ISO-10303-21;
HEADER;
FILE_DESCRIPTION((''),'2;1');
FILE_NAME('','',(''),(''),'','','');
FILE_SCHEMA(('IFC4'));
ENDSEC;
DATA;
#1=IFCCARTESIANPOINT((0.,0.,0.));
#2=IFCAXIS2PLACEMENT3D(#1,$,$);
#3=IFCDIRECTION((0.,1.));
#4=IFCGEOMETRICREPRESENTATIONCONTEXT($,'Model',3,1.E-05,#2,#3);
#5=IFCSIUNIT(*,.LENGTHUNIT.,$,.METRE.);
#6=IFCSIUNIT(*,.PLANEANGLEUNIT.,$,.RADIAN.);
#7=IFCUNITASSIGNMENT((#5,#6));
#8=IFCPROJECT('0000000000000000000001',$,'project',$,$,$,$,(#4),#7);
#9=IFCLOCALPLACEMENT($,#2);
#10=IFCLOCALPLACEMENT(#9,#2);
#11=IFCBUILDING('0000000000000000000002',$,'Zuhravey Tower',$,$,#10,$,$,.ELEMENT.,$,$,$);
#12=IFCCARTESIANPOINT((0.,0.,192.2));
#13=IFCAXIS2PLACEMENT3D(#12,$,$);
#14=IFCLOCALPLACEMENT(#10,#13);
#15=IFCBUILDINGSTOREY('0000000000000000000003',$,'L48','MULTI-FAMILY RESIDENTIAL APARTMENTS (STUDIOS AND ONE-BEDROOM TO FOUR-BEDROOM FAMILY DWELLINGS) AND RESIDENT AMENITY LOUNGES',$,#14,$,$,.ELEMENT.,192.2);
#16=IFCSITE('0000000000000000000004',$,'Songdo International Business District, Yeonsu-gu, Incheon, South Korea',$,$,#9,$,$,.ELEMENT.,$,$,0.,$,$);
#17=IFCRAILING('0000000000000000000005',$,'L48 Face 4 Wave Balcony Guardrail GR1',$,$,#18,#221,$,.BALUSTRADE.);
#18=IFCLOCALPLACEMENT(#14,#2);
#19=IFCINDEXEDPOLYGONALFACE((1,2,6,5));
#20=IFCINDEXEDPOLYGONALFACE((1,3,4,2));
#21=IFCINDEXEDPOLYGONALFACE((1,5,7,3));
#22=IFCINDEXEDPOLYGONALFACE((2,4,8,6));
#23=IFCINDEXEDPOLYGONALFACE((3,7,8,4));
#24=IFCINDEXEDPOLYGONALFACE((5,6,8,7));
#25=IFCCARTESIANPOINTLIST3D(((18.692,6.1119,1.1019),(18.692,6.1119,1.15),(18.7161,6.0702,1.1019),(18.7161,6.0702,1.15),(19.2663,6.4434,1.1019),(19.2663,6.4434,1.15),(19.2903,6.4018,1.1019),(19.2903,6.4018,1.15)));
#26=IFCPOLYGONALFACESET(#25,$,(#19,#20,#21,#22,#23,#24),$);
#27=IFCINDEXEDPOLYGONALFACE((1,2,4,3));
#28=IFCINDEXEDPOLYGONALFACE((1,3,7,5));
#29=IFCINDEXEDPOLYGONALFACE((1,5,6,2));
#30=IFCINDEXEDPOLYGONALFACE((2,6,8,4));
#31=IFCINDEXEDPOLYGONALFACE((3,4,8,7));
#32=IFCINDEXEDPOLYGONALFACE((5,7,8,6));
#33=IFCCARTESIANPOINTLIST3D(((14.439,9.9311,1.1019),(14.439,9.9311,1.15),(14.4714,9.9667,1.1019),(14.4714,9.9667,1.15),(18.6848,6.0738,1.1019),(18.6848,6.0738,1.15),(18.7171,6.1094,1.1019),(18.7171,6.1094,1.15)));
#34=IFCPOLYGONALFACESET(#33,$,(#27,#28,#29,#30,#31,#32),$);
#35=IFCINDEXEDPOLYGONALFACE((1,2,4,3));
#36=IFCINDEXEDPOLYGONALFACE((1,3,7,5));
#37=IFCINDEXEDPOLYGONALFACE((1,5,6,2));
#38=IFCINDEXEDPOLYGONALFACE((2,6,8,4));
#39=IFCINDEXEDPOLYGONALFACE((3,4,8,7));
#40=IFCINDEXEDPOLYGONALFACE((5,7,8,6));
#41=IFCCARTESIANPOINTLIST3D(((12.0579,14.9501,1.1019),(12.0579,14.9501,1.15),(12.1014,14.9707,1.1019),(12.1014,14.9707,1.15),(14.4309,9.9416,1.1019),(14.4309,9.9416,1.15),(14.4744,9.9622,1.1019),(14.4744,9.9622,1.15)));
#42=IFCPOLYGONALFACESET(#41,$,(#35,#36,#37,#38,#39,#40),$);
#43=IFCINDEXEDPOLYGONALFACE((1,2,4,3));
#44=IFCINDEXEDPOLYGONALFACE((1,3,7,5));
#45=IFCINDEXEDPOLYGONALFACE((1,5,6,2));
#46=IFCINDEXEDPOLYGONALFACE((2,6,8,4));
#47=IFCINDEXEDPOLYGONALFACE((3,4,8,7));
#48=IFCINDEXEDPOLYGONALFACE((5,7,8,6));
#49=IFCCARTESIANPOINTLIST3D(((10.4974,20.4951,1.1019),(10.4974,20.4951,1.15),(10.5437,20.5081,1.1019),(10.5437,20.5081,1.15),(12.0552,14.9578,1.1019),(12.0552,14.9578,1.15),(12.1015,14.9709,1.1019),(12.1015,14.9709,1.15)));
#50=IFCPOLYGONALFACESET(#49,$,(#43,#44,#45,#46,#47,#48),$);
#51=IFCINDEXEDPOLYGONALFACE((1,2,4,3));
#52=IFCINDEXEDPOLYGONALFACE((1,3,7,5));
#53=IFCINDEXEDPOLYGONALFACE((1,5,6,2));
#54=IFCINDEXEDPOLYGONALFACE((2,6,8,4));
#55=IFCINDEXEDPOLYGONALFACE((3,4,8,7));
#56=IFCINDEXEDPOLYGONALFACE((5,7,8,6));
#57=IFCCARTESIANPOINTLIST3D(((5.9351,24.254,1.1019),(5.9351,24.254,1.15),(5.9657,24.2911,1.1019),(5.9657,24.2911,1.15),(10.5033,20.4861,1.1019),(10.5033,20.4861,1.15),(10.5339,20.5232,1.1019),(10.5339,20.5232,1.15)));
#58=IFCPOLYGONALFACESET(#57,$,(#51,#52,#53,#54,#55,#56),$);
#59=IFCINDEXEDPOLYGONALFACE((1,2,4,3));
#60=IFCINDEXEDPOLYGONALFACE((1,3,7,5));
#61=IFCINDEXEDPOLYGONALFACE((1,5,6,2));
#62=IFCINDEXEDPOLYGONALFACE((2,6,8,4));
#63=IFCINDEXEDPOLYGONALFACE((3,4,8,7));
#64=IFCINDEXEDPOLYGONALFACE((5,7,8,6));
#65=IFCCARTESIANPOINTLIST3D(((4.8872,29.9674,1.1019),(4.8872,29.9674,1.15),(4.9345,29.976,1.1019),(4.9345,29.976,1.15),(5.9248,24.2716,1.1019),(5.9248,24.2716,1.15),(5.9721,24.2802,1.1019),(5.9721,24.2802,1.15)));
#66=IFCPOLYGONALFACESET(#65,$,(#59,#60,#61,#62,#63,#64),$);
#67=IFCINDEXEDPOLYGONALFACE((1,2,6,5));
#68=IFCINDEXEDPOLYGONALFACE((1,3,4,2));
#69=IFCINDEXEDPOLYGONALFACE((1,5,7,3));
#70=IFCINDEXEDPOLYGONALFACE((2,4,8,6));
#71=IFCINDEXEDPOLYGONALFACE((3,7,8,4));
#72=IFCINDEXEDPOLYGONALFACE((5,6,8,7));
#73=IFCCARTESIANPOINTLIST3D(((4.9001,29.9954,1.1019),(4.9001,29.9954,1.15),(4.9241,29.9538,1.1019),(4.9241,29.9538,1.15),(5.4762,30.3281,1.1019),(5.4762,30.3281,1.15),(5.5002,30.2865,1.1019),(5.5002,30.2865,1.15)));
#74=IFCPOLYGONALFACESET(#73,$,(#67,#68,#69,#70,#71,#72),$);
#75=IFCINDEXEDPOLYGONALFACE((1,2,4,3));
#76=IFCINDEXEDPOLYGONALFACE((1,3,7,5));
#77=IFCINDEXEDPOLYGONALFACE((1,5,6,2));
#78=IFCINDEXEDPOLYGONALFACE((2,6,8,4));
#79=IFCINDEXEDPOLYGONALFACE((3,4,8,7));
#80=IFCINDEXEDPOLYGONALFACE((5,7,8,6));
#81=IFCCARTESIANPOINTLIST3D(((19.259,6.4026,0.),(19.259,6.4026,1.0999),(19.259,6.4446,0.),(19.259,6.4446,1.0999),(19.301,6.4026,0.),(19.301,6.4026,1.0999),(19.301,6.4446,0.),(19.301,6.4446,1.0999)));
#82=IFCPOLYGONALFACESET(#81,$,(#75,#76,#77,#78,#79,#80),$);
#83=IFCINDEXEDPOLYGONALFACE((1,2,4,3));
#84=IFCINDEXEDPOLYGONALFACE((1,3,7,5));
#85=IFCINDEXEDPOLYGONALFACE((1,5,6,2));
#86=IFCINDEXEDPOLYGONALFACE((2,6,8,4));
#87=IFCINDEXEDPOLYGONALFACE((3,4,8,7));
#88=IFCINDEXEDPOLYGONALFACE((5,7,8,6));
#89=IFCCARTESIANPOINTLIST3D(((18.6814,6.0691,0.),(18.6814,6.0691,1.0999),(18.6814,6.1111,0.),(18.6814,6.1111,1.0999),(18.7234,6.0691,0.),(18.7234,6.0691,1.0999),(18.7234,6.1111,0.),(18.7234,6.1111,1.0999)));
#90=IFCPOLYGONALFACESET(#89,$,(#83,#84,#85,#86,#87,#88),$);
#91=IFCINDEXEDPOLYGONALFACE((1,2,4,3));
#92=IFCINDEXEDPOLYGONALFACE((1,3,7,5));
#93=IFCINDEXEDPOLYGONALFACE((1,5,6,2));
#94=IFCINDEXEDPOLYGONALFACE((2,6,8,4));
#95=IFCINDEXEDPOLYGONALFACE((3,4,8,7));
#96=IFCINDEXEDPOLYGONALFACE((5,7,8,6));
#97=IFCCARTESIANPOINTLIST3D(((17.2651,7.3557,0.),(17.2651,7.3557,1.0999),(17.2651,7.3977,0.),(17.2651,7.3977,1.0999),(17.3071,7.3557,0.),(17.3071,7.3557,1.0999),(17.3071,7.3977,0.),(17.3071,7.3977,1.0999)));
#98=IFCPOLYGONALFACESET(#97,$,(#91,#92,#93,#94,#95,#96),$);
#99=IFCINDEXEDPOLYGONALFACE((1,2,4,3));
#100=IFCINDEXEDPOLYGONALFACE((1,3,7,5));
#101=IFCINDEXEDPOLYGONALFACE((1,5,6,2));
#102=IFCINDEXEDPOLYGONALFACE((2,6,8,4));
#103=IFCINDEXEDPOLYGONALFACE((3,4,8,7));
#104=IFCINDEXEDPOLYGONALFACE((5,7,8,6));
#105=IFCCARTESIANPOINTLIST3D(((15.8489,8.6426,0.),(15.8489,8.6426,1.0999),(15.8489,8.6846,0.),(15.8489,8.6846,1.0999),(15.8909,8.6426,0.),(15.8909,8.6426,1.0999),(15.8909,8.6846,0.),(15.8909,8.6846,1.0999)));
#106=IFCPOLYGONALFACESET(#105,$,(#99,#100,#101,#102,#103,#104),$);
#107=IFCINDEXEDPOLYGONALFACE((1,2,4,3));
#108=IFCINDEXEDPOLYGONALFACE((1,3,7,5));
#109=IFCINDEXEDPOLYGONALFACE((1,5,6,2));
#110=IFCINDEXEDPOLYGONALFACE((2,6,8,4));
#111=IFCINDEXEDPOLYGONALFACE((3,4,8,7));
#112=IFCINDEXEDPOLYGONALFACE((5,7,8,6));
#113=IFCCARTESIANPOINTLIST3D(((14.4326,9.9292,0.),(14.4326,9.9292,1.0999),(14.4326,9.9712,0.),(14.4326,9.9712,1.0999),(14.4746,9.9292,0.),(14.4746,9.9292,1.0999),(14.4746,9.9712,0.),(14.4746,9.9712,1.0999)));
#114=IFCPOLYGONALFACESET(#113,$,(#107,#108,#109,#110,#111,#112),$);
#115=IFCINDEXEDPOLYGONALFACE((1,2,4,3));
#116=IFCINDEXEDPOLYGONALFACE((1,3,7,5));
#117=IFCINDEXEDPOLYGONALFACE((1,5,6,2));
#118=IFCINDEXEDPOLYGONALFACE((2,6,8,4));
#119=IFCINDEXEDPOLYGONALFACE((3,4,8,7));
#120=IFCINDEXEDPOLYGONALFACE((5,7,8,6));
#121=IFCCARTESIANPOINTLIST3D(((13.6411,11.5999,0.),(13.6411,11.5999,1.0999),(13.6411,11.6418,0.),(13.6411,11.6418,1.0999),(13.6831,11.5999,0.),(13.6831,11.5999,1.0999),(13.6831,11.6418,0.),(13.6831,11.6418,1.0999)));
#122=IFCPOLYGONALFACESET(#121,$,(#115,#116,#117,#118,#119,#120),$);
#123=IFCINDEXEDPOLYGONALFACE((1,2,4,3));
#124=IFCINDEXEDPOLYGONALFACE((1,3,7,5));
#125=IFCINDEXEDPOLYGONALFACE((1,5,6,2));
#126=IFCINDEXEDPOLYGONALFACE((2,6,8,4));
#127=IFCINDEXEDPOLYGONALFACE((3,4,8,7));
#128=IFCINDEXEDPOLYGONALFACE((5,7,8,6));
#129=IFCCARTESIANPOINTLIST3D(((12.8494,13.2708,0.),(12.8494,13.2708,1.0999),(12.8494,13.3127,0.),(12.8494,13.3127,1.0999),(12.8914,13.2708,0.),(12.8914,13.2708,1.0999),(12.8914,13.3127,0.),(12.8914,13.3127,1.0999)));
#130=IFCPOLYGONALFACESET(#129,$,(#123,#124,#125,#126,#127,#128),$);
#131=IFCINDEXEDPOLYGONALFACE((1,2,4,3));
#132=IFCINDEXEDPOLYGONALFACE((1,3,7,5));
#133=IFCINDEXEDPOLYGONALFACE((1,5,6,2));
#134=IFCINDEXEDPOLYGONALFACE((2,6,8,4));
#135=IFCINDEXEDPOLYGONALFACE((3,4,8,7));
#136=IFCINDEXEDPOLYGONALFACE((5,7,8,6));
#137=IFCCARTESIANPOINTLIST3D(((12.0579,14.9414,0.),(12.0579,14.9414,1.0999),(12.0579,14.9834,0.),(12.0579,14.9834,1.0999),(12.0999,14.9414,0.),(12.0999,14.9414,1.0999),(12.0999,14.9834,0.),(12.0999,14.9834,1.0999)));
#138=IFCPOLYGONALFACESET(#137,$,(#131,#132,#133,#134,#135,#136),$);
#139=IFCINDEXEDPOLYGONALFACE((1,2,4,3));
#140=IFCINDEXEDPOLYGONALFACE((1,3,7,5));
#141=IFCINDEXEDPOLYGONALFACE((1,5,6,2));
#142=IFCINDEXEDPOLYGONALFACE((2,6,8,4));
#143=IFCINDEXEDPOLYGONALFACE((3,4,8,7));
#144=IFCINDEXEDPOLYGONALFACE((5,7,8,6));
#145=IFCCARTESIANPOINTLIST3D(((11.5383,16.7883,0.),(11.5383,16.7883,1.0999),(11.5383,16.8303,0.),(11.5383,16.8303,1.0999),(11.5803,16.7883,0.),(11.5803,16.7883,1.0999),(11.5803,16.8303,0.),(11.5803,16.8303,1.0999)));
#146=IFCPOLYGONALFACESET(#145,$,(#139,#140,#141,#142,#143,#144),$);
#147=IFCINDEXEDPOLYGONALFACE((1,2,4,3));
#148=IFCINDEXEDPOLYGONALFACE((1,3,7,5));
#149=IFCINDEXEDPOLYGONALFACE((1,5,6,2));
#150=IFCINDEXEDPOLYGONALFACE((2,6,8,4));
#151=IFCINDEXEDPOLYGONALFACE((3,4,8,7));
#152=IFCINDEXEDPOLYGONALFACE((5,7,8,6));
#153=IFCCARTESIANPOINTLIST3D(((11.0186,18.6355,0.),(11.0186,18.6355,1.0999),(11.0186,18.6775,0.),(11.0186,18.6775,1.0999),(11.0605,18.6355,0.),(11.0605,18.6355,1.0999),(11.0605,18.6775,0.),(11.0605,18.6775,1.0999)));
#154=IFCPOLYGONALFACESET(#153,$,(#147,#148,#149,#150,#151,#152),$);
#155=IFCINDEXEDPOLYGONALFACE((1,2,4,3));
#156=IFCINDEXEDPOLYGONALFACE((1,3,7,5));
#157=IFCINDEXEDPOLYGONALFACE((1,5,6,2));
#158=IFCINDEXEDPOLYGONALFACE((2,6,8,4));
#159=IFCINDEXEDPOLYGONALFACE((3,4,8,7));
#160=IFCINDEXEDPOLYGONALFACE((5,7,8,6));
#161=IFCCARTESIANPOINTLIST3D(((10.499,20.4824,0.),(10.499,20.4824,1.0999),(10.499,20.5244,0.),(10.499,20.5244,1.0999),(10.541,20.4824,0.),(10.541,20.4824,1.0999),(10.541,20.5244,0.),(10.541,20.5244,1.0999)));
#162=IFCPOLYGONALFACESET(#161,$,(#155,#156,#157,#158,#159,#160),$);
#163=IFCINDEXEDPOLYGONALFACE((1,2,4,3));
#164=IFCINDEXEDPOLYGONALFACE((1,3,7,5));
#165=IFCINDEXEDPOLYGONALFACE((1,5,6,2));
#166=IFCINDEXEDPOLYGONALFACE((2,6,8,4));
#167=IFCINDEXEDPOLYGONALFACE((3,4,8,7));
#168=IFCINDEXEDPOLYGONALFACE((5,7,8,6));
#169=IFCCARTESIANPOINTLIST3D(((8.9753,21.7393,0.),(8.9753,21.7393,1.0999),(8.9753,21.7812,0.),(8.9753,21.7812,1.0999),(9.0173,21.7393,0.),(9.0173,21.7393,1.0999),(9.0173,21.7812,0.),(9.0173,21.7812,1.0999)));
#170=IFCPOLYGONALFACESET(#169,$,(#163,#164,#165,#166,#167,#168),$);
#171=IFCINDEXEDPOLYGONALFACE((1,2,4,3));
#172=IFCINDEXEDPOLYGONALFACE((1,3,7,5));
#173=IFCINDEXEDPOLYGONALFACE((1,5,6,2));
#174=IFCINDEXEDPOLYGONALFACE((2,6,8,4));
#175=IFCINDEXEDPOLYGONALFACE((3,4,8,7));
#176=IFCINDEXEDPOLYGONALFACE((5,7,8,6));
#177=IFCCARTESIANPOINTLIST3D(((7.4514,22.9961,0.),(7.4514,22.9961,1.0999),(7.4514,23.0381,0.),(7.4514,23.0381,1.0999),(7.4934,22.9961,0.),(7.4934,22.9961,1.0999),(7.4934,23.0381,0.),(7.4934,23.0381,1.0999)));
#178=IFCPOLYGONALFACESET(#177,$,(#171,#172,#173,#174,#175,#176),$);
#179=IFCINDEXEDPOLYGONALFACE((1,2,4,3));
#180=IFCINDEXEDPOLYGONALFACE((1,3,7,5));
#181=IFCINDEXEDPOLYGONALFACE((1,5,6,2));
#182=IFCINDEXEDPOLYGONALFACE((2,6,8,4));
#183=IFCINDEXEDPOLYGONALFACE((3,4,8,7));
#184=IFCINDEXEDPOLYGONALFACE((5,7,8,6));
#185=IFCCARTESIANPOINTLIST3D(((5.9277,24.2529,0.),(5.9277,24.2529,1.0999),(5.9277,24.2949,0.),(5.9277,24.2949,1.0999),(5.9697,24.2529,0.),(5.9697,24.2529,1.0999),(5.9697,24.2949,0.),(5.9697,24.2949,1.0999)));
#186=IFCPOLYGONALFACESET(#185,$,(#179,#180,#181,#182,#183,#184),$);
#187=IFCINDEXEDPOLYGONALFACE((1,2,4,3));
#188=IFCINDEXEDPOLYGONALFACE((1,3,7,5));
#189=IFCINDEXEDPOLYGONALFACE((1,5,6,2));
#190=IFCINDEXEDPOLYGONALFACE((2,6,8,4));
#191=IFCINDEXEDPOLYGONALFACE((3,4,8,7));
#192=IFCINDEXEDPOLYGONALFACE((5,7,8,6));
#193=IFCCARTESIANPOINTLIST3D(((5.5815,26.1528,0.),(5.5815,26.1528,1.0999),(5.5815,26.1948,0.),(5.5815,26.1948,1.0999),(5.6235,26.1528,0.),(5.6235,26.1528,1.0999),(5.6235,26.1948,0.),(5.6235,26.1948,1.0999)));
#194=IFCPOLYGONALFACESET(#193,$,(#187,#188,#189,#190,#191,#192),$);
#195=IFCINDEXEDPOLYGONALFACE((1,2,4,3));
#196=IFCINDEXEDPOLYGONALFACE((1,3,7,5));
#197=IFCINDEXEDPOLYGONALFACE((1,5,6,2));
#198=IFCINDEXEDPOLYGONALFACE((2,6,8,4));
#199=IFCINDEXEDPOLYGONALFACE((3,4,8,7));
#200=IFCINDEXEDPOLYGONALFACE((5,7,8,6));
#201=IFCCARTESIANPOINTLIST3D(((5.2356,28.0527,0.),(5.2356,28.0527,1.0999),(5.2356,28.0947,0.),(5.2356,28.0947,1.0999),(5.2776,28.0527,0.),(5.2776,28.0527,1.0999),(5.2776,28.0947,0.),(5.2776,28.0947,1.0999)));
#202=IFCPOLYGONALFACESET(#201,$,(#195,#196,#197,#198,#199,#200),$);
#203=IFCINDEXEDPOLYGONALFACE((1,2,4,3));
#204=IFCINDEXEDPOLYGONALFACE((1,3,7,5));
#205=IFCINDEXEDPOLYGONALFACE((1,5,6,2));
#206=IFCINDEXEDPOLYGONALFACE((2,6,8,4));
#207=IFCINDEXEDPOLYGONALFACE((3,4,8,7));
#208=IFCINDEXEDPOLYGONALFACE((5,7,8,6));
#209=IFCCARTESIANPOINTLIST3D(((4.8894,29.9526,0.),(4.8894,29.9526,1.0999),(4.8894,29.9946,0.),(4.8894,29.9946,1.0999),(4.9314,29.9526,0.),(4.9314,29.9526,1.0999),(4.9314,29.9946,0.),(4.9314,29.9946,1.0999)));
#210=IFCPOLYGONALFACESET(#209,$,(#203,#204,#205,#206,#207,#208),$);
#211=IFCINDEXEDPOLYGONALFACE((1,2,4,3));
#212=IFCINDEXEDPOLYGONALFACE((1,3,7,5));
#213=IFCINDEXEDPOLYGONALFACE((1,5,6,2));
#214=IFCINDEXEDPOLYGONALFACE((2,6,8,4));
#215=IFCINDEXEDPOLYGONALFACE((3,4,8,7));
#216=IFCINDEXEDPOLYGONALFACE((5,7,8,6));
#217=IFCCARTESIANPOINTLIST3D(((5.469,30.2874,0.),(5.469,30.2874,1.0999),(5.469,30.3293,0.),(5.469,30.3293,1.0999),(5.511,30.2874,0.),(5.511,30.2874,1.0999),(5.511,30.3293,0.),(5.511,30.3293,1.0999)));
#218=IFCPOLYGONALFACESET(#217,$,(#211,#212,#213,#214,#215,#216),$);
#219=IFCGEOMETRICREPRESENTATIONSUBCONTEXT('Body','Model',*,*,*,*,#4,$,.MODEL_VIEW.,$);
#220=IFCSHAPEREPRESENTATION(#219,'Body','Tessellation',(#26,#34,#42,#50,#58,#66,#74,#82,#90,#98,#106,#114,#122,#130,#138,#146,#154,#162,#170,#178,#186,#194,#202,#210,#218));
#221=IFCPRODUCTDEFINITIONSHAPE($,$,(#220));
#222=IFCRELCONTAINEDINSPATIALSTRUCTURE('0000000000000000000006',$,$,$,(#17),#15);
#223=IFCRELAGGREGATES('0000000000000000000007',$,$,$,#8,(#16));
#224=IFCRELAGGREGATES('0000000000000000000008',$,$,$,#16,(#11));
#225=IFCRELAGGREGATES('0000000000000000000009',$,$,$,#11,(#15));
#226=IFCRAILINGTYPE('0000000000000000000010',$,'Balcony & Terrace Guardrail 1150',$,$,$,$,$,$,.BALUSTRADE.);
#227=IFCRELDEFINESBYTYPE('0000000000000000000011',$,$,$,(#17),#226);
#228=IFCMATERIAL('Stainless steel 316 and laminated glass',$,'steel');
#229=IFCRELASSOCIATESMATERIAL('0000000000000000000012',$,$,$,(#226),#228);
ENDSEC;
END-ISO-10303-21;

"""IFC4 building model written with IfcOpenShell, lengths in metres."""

from ifc_helpers import new_model, si_unit, direction, frame, origin, origin_2d, place, context, subcontext, project, spatial, rectangle, extrude, material, type_object, element, save


model = new_model("IFC4")

# Units and contexts
model_context = context("Model", 3, precision=1e-05, world=origin(), true_north=direction((0.0, 1.0)))
body_context = subcontext(model_context, "Body", "Model", "MODEL_VIEW")
ifc_project = project(units=[si_unit("LENGTHUNIT", "METRE"), si_unit("PLANEANGLEUNIT", "RADIAN")], contexts=[model_context])

# Site, building, storey
site_placement = place(None, origin())
site = spatial("IfcSite", under=ifc_project, at=site_placement, Name="Songdo International Business District, Yeonsu-gu, Incheon, South Korea", CompositionType="ELEMENT", RefElevation=0.0)
building_placement = place(site_placement, origin())
building = spatial("IfcBuilding", under=site, at=building_placement, Name="Zuhravey Tower", CompositionType="ELEMENT")
storey_placement = place(building_placement, frame((0.0, 0.0, 192.2)))
storey = spatial("IfcBuildingStorey", under=building, at=storey_placement, Name="L48", Description="MULTI-FAMILY RESIDENTIAL APARTMENTS (STUDIOS AND ONE-BEDROOM TO FOUR-BEDROOM FAMILY DWELLINGS) AND RESIDENT AMENITY LOUNGES", CompositionType="ELEMENT", Elevation=192.2)

# Railing
ifc_material_1 = material(Name="Stainless steel 316 and laminated glass", Category="steel")
railing_type = type_object("IfcRailingType", Name="Balcony & Terrace Guardrail 1150", PredefinedType="BALUSTRADE", material=ifc_material_1)
railing_placement = place(storey_placement, frame((19.28, 6.4236, 0.0)))
element("IfcRailing", 1, at=railing_placement, inside=storey, type_object=railing_type, Name="L48 Face 4 Wave Balcony Guardrail GR1", PredefinedType="BALUSTRADE", context=body_context, shape_type="SweptSolid", body=[
    extrude(rectangle(XDim=0.0481, YDim=0.0481, at=origin_2d()), frame((-0.0017, -0.001, 1.126), z_axis=(-0.866027, -0.499997, 0.0), x_axis=(0.499997, -0.866027, 0.0)), (0.0, 0.0, 1.0), 0.6631),
    extrude(rectangle(XDim=0.0481, YDim=0.0481, at=origin_2d()), frame((-0.5791, -0.332, 1.126), z_axis=(-0.74015, 0.672442, 0.0), x_axis=(-0.672442, -0.74015, 0.0)), (0.0, 0.0, 1.0), 5.7363),
    extrude(rectangle(XDim=0.0481, YDim=0.0481, at=origin_2d()), frame((-4.8274, 3.5283, 1.126), z_axis=(-0.428168, 0.903699, 0.0), x_axis=(-0.903699, -0.428168, 0.0)), (0.0, 0.0, 1.0), 5.5422),
    extrude(rectangle(XDim=0.0481, YDim=0.0481, at=origin_2d()), frame((-7.2017, 8.5408, 1.126), z_axis=(-0.270814, 0.962632, 0.0), x_axis=(-0.962632, -0.270814, 0.0)), (0.0, 0.0, 1.0), 5.7522),
    extrude(rectangle(XDim=0.0481, YDim=0.0481, at=origin_2d()), frame((-8.7615, 14.0811, 1.126), z_axis=(-0.77144, 0.636302, 0.0), x_axis=(-0.636302, -0.77144, 0.0)), (0.0, 0.0, 1.0), 5.9216),
    extrude(rectangle(XDim=0.0481, YDim=0.0481, at=origin_2d()), frame((-13.3315, 17.8523, 1.126), z_axis=(-0.179223, 0.983808, 0.0), x_axis=(-0.983808, -0.179223, 0.0)), (0.0, 0.0, 1.0), 5.7896),
    extrude(rectangle(XDim=0.0481, YDim=0.0481, at=origin_2d()), frame((-14.3679, 23.551, 1.126), z_axis=(0.865967, 0.500101, 0.0), x_axis=(-0.500101, 0.865967, 0.0)), (0.0, 0.0, 1.0), 0.6653),
    extrude(rectangle(XDim=0.042, YDim=0.042, at=origin_2d()), origin(), (0.0, 0.0, 1.0), 1.0999),
    extrude(rectangle(XDim=0.042, YDim=0.042, at=origin_2d()), frame((-0.5776, -0.3335, 0.0)), (0.0, 0.0, 1.0), 1.0999),
    extrude(rectangle(XDim=0.042, YDim=0.042, at=origin_2d()), frame((-1.9939, 0.9531, 0.0)), (0.0, 0.0, 1.0), 1.0999),
    extrude(rectangle(XDim=0.042, YDim=0.042, at=origin_2d()), frame((-3.4102, 2.24, 0.0)), (0.0, 0.0, 1.0), 1.0999),
    extrude(rectangle(XDim=0.042, YDim=0.042, at=origin_2d()), frame((-4.8264, 3.5266, 0.0)), (0.0, 0.0, 1.0), 1.0999),
    extrude(rectangle(XDim=0.042, YDim=0.042, at=origin_2d()), frame((-5.6179, 5.1973, 0.0)), (0.0, 0.0, 1.0), 1.0999),
    extrude(rectangle(XDim=0.042, YDim=0.042, at=origin_2d()), frame((-6.4097, 6.8682, 0.0)), (0.0, 0.0, 1.0), 1.0999),
    extrude(rectangle(XDim=0.042, YDim=0.042, at=origin_2d()), frame((-7.2012, 8.5388, 0.0)), (0.0, 0.0, 1.0), 1.0999),
    extrude(rectangle(XDim=0.042, YDim=0.042, at=origin_2d()), frame((-7.7207, 10.3857, 0.0)), (0.0, 0.0, 1.0), 1.0999),
    extrude(rectangle(XDim=0.042, YDim=0.042, at=origin_2d()), frame((-8.2405, 12.2329, 0.0)), (0.0, 0.0, 1.0), 1.0999),
    extrude(rectangle(XDim=0.042, YDim=0.042, at=origin_2d()), frame((-8.76, 14.0798, 0.0)), (0.0, 0.0, 1.0), 1.0999),
    extrude(rectangle(XDim=0.042, YDim=0.042, at=origin_2d()), frame((-10.2837, 15.3367, 0.0)), (0.0, 0.0, 1.0), 1.0999),
    extrude(rectangle(XDim=0.042, YDim=0.042, at=origin_2d()), frame((-11.8076, 16.5935, 0.0)), (0.0, 0.0, 1.0), 1.0999),
    extrude(rectangle(XDim=0.042, YDim=0.042, at=origin_2d()), frame((-13.3313, 17.8503, 0.0)), (0.0, 0.0, 1.0), 1.0999),
    extrude(rectangle(XDim=0.042, YDim=0.042, at=origin_2d()), frame((-13.6775, 19.7502, 0.0)), (0.0, 0.0, 1.0), 1.0999),
    extrude(rectangle(XDim=0.042, YDim=0.042, at=origin_2d()), frame((-14.0234, 21.6501, 0.0)), (0.0, 0.0, 1.0), 1.0999),
    extrude(rectangle(XDim=0.042, YDim=0.042, at=origin_2d()), frame((-14.3696, 23.55, 0.0)), (0.0, 0.0, 1.0), 1.0999),
    extrude(rectangle(XDim=0.042, YDim=0.042, at=origin_2d()), frame((-13.79, 23.8848, 0.0)), (0.0, 0.0, 1.0), 1.0999),
])

save(model, "model.ifc")
